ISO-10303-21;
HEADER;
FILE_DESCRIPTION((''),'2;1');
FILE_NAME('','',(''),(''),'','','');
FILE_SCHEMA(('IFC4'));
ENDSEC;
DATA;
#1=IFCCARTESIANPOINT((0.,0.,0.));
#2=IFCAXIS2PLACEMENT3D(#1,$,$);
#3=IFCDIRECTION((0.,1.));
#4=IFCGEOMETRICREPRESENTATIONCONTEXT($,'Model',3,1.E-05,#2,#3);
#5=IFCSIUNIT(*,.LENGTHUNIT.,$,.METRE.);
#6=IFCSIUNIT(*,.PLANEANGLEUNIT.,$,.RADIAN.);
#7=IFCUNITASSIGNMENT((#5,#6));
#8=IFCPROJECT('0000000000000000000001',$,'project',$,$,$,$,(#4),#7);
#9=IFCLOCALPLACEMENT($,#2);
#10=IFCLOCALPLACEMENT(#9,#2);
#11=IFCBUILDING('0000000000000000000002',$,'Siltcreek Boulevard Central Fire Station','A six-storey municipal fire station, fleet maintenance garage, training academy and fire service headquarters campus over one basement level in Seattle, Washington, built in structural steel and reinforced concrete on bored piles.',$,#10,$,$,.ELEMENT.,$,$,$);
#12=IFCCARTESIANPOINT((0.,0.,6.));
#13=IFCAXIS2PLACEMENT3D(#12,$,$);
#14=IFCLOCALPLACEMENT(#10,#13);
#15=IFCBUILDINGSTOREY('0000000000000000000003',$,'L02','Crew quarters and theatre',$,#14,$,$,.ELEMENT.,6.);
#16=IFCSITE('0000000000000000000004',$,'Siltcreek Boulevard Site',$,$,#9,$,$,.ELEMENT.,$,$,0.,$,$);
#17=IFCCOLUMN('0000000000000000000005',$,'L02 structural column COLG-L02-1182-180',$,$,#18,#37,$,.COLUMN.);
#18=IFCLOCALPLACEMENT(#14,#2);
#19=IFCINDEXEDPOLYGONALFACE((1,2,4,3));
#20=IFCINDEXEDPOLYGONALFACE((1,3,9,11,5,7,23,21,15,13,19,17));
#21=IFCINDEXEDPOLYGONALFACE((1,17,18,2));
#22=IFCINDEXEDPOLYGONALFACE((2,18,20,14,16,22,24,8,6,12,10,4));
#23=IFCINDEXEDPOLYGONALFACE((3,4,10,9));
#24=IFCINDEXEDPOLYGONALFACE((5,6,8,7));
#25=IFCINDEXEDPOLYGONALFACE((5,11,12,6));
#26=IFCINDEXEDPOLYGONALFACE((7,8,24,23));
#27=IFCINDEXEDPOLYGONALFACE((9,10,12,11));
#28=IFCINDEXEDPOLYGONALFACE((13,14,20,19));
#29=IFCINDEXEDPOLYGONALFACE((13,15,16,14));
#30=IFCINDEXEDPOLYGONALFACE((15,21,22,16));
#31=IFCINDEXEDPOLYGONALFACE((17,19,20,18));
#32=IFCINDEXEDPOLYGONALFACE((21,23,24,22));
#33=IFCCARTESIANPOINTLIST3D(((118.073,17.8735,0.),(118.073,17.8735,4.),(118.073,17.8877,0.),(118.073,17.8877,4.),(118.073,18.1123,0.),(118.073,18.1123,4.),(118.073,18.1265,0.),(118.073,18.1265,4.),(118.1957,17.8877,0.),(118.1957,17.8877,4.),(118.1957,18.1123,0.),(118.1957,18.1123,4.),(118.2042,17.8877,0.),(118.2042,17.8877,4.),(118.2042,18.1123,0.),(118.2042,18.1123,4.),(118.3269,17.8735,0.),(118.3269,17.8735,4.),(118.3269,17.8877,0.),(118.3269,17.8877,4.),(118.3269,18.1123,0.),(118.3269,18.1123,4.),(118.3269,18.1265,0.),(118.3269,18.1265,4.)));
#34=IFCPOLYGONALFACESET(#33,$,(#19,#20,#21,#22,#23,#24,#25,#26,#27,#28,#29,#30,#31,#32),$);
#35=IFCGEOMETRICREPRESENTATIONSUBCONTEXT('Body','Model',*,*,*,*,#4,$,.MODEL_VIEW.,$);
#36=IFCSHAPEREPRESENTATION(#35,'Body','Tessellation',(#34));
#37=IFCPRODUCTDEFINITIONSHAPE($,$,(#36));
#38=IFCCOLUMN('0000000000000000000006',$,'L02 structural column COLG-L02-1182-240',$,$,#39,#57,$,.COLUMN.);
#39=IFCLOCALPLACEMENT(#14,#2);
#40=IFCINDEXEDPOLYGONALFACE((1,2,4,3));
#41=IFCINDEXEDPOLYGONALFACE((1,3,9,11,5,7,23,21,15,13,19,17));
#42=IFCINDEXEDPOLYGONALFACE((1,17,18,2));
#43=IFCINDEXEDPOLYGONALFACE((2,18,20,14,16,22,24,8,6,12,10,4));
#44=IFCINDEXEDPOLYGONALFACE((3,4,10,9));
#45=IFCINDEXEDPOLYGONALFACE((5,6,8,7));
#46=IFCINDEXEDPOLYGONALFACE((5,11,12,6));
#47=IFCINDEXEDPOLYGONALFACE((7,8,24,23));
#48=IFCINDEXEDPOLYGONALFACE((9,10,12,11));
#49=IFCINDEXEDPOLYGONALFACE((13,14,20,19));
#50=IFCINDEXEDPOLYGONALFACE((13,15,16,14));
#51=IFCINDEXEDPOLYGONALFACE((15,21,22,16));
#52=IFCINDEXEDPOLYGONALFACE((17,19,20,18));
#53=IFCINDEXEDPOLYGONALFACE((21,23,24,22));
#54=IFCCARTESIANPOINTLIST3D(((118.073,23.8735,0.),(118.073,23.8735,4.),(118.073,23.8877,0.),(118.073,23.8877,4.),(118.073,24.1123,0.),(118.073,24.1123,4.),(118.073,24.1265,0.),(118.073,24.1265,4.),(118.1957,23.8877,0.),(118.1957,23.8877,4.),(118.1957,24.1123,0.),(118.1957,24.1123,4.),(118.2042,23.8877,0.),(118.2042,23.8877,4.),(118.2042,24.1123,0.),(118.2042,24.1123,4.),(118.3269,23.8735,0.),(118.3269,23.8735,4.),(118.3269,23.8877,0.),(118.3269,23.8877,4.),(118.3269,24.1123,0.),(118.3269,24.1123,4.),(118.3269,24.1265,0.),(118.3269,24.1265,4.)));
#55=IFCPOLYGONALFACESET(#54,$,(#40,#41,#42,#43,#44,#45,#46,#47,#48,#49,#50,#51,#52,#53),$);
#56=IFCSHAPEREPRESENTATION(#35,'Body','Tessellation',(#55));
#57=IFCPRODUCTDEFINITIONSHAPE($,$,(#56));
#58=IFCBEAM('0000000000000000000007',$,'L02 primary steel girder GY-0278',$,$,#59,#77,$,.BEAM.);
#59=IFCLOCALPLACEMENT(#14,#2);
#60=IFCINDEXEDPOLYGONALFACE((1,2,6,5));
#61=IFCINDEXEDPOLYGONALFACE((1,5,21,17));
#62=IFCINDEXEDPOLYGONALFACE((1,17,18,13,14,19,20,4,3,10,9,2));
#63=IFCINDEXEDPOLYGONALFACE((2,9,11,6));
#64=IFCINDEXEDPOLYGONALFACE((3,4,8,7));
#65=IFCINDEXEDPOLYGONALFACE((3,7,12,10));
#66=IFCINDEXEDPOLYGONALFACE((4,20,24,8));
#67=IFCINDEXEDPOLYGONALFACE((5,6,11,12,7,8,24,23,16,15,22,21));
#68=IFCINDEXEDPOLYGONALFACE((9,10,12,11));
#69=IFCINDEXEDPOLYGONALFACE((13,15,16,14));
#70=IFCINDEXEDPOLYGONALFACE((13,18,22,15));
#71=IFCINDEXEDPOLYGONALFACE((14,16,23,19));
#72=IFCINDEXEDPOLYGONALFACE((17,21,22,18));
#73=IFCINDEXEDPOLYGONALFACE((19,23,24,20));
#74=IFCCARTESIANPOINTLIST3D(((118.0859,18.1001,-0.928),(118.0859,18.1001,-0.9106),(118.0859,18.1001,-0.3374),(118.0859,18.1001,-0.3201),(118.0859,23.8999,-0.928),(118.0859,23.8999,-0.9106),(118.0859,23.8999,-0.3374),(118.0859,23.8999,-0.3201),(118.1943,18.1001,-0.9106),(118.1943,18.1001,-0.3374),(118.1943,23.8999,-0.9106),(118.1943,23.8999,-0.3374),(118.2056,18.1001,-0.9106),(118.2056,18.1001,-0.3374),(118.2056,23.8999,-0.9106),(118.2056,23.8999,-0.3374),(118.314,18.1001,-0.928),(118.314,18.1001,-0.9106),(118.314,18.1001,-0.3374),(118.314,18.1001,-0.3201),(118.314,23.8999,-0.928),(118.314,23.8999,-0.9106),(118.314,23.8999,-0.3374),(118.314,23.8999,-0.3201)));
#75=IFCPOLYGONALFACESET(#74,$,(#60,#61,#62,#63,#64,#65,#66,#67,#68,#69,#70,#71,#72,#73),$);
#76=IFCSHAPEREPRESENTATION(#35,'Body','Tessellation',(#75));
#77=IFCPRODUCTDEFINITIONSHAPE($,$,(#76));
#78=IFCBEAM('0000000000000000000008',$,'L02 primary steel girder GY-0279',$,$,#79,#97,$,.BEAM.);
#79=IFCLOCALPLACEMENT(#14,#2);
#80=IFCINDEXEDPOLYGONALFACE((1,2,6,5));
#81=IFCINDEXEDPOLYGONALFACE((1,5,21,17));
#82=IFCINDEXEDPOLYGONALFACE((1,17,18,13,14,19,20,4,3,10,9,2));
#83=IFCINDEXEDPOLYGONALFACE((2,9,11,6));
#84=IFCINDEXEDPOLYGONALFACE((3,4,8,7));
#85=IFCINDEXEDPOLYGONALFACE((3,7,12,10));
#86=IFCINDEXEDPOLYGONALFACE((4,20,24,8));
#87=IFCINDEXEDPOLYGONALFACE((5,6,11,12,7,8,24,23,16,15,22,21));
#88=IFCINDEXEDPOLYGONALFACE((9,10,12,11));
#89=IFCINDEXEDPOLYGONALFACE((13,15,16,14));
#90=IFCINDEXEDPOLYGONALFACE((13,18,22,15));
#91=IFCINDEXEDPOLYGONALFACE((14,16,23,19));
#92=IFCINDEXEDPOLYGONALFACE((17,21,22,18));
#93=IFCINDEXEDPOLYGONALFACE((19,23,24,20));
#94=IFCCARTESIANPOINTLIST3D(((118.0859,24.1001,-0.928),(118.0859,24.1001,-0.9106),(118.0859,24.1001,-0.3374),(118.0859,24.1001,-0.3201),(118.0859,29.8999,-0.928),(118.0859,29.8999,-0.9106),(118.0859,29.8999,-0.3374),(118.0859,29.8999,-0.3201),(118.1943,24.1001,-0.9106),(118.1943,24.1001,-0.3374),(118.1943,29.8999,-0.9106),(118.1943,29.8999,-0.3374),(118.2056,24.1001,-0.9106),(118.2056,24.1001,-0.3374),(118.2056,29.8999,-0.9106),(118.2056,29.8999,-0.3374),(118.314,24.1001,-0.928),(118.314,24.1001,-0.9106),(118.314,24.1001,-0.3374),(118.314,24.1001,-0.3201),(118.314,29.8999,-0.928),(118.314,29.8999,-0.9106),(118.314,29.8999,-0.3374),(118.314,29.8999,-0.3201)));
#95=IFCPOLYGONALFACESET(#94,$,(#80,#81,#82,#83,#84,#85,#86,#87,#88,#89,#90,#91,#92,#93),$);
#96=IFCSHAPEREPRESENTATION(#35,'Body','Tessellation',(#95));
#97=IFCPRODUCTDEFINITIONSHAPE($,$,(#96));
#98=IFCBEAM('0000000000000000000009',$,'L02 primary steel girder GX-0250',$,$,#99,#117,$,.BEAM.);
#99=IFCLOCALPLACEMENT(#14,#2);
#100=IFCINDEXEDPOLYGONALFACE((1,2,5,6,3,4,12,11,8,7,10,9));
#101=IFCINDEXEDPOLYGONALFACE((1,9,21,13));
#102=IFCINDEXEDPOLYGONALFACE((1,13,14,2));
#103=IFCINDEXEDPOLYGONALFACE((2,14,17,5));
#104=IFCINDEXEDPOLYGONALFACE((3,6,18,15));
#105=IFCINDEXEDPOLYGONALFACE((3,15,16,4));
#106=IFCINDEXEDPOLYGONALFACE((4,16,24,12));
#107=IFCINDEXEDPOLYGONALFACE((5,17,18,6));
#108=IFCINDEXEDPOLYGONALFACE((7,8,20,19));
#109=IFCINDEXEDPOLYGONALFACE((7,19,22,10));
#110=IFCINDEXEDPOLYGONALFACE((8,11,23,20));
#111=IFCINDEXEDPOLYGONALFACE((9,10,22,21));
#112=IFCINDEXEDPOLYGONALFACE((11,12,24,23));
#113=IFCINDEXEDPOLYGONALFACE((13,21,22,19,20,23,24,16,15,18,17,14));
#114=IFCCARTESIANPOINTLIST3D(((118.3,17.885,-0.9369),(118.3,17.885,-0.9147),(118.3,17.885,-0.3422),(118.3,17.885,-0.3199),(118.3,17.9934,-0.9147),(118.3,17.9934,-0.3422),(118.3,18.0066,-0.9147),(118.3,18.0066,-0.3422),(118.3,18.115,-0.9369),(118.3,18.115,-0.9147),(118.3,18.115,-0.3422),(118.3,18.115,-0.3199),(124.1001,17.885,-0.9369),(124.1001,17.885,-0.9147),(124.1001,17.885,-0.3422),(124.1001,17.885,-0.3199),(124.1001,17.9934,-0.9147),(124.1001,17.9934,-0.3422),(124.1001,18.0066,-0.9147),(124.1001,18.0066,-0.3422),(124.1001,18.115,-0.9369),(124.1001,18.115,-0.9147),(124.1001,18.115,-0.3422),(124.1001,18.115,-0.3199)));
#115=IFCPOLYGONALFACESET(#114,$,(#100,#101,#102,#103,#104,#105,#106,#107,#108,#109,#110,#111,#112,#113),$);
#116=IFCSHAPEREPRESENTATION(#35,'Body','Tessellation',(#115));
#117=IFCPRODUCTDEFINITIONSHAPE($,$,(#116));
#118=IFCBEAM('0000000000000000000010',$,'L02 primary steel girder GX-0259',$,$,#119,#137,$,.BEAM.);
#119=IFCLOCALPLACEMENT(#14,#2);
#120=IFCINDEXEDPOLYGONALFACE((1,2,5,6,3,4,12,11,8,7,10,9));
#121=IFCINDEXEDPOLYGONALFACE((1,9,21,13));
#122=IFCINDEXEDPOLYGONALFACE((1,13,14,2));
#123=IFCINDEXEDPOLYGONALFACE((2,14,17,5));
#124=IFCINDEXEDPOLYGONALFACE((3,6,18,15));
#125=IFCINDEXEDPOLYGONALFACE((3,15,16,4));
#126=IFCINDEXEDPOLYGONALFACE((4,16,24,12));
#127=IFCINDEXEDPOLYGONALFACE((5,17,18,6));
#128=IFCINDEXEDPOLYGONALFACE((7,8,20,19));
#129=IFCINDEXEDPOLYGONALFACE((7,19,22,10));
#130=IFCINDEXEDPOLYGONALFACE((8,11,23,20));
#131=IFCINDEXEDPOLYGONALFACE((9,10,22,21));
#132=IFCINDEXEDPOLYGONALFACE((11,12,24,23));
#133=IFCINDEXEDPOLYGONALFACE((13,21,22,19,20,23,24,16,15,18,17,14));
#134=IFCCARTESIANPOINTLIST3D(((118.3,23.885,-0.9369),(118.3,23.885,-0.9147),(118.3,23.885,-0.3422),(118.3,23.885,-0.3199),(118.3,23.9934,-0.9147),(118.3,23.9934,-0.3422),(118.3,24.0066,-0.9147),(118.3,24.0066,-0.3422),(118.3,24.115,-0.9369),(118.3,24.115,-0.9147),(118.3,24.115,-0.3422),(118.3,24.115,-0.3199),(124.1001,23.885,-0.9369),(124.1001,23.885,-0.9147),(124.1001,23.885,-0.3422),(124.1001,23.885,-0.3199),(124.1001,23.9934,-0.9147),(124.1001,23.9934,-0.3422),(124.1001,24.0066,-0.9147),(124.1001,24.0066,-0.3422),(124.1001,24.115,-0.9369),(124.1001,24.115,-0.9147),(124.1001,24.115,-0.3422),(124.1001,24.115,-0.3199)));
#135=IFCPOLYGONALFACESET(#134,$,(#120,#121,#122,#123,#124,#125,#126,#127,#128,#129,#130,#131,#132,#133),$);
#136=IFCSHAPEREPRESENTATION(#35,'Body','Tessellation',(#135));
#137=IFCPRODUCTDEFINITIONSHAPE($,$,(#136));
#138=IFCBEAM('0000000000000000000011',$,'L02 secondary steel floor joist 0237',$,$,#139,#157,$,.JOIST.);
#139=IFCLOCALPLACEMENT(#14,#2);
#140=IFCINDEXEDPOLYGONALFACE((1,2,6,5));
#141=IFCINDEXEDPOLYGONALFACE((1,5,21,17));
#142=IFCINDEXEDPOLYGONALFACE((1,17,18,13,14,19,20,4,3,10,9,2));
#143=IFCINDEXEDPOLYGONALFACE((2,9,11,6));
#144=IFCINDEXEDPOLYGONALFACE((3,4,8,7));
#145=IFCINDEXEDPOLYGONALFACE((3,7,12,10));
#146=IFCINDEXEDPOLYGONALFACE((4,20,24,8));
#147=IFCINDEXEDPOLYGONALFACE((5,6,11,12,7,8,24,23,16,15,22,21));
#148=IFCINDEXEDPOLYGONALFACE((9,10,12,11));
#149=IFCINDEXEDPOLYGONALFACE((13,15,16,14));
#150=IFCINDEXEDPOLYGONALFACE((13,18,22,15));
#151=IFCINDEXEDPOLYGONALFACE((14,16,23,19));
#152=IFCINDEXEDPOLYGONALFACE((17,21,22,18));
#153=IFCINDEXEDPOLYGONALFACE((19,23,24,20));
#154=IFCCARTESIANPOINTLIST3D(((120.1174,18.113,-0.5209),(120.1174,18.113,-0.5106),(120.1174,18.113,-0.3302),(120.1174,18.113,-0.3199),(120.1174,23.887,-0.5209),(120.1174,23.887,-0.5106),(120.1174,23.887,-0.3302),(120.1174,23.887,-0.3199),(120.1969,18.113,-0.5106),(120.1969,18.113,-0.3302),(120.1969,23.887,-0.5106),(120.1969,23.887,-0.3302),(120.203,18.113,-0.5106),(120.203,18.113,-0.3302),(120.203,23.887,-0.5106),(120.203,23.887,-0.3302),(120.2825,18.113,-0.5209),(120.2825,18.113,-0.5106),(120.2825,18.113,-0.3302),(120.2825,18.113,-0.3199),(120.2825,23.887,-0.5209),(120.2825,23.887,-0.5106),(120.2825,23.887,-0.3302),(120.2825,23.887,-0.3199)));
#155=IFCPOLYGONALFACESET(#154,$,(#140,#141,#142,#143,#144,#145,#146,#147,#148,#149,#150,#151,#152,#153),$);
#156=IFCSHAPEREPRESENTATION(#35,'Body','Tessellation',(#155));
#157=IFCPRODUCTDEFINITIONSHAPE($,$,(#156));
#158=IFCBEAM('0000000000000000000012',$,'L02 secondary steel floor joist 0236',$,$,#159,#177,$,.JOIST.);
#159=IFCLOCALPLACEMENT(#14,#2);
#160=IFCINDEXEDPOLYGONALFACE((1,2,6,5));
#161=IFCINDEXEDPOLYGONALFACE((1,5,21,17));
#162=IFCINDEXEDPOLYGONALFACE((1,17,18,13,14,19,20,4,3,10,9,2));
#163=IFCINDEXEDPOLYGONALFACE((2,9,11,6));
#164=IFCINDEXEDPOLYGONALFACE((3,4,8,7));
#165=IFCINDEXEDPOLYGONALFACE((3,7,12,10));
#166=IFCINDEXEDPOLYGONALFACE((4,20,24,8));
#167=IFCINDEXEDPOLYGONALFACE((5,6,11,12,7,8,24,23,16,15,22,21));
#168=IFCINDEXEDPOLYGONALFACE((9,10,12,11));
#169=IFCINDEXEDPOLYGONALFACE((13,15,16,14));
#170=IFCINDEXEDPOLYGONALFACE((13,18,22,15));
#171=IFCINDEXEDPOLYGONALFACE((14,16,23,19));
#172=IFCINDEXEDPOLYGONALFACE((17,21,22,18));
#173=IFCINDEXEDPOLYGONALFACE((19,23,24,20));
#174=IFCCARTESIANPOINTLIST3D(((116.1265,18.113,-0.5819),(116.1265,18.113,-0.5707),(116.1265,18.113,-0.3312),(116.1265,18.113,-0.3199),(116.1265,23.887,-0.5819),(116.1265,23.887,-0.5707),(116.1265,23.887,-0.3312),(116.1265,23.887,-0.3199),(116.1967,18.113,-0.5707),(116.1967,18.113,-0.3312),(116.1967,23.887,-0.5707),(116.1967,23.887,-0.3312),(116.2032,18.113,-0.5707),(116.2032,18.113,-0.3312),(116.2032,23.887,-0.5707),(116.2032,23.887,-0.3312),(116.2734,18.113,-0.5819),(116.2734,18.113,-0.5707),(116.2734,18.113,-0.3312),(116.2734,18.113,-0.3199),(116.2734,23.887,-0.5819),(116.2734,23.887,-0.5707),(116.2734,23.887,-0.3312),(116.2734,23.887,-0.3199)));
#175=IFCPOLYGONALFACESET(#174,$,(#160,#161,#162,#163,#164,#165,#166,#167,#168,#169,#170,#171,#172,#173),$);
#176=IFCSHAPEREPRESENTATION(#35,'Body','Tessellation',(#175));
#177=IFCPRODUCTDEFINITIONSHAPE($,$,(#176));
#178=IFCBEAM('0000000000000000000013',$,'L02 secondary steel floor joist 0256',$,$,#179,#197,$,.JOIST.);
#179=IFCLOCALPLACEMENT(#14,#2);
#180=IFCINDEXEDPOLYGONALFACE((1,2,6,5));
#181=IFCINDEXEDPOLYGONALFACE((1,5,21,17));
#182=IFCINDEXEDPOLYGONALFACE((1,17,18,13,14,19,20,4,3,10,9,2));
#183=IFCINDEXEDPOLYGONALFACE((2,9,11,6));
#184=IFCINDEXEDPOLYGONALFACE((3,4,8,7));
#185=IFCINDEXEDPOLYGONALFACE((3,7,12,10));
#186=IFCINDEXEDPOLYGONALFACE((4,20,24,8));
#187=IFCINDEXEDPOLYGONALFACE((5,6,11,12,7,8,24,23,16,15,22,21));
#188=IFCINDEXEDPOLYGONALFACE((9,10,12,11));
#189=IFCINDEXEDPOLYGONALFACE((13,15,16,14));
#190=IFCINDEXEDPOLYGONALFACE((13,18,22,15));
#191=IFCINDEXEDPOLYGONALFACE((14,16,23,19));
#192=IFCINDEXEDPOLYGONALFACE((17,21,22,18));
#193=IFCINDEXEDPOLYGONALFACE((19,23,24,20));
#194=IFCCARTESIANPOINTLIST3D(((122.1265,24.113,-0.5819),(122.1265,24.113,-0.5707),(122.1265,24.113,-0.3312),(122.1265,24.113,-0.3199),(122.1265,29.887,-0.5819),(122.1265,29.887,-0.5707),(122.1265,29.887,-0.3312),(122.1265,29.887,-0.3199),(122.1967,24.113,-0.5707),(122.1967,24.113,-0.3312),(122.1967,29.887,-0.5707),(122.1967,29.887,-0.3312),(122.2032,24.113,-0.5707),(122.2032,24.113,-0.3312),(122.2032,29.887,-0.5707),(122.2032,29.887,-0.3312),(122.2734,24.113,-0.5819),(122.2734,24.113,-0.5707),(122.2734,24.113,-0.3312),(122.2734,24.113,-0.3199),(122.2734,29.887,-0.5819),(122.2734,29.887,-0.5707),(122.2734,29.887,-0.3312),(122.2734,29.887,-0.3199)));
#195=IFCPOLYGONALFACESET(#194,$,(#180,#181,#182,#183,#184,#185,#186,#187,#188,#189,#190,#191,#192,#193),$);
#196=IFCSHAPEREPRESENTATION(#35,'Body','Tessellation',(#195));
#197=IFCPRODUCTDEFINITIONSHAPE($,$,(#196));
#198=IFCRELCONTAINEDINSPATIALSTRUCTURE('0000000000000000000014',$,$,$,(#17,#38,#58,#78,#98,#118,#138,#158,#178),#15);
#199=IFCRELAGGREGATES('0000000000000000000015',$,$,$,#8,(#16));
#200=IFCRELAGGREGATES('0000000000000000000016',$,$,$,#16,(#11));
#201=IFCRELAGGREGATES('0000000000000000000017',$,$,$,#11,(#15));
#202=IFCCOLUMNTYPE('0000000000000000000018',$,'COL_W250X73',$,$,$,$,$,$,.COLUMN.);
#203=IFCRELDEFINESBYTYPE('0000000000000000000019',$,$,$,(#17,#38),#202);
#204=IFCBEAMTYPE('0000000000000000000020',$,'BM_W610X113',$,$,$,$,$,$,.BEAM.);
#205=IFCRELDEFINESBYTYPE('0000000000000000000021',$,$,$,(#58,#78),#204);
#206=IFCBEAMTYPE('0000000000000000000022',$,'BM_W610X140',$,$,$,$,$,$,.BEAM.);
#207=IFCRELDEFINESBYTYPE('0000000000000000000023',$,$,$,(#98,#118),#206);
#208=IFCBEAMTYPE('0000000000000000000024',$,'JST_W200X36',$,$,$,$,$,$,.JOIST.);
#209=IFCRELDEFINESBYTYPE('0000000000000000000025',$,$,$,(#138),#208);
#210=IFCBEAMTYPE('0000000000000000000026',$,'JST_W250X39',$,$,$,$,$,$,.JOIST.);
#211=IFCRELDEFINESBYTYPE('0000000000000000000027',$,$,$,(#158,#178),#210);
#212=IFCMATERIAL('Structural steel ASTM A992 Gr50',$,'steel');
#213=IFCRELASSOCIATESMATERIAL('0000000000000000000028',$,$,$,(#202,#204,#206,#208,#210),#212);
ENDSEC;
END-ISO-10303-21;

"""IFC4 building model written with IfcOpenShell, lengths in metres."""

from ifc_helpers import new_model, si_unit, direction, frame, origin, origin_2d, place, context, subcontext, project, spatial, i_section, extrude, material, material_profile, profile_set, type_object, element, save


model = new_model("IFC4")

# Units and contexts
model_context = context("Model", 3, precision=1e-05, world=origin(), true_north=direction((0.0, 1.0)))
body_context = subcontext(model_context, "Body", "Model", "MODEL_VIEW")
ifc_project = project(units=[si_unit("LENGTHUNIT", "METRE"), si_unit("PLANEANGLEUNIT", "RADIAN")], contexts=[model_context])

# Site, building, storey
site_placement = place(None, origin())
site = spatial("IfcSite", under=ifc_project, at=site_placement, Name="Siltcreek Boulevard Site", CompositionType="ELEMENT", RefElevation=0.0)
building_placement = place(site_placement, origin())
building = spatial("IfcBuilding", under=site, at=building_placement, Name="Siltcreek Boulevard Central Fire Station", Description="A six-storey municipal fire station, fleet maintenance garage, training academy and fire service headquarters campus over one basement level in Seattle, Washington, built in structural steel and reinforced concrete on bored piles.", CompositionType="ELEMENT")
storey_placement = place(building_placement, frame((0.0, 0.0, 6.0)))
storey = spatial("IfcBuildingStorey", under=building, at=storey_placement, Name="L02", Description="Crew quarters and theatre", CompositionType="ELEMENT", Elevation=6.0)

# Columns
ifc_material_1 = material(Name="Structural steel ASTM A992 Gr50", Category="steel")
ifc_material_profile_1 = material_profile(ifc_material_1, i_section(OverallWidth=0.2539, OverallDepth=0.2529, WebThickness=0.0085, FlangeThickness=0.0142, at=origin_2d()), Name="W250X73")
ifc_profile_set_1 = profile_set([ifc_material_profile_1], Name="Structural steel ASTM A992 Gr50")
column_type = type_object("IfcColumnType", Name="COL_W250X73", PredefinedType="COLUMN", material=ifc_profile_set_1)
for number, where, z_axis, x_axis, name in (
    (1, (118.2, 18.0, 0.0), (0.0, 0.0, 1.0), (1.0, 0.0, 0.0), "L02 structural column COLG-L02-1182-180"),
    (2, (118.2, 24.0, 0.0), (0.0, 0.0, 1.0), (1.0, 0.0, 0.0), "L02 structural column COLG-L02-1182-240"),
):
    element("IfcColumn", number, at=place(storey_placement, frame(where, z_axis=z_axis, x_axis=x_axis)), inside=storey, type_object=column_type, Name=name, PredefinedType="COLUMN", context=body_context, shape_type="SweptSolid", body=[
        extrude(i_section(OverallWidth=0.2539, OverallDepth=0.2529, WebThickness=0.0085, FlangeThickness=0.0142, at=origin_2d()), origin(), (0.0, 0.0, 1.0), 4.0),
    ])

# Beams
ifc_material_profile_2 = material_profile(ifc_material_1, i_section(OverallWidth=0.228, OverallDepth=0.6079, WebThickness=0.0112, FlangeThickness=0.0173, at=origin_2d()), Name="W610X113")
ifc_profile_set_2 = profile_set([ifc_material_profile_2], Name="Structural steel ASTM A992 Gr50")
beam_type_1 = type_object("IfcBeamType", Name="BM_W610X113", PredefinedType="BEAM", material=ifc_profile_set_2)
for number, where, z_axis, x_axis, name in (
    (3, (118.2, 18.1001, -0.624), (0.0, 1.0, 0.0), (-1.0, 0.0, 0.0), "L02 primary steel girder GY-0278"),
    (4, (118.2, 24.1001, -0.624), (0.0, 1.0, 0.0), (-1.0, 0.0, 0.0), "L02 primary steel girder GY-0279"),
):
    element("IfcBeam", number, at=place(storey_placement, frame(where, z_axis=z_axis, x_axis=x_axis)), inside=storey, type_object=beam_type_1, Name=name, PredefinedType="BEAM", context=body_context, shape_type="SweptSolid", body=[
        extrude(i_section(OverallWidth=0.228, OverallDepth=0.6079, WebThickness=0.0112, FlangeThickness=0.0173, at=origin_2d()), origin(), (0.0, 0.0, 1.0), 5.7998),
    ])
ifc_material_profile_3 = material_profile(ifc_material_1, i_section(OverallWidth=0.23, OverallDepth=0.6169, WebThickness=0.0132, FlangeThickness=0.0222, at=origin_2d()), Name="W610X140")
ifc_profile_set_3 = profile_set([ifc_material_profile_3], Name="Structural steel ASTM A992 Gr50")
beam_type_2 = type_object("IfcBeamType", Name="BM_W610X140", PredefinedType="BEAM", material=ifc_profile_set_3)
for number, where, z_axis, x_axis, name in (
    (5, (118.3, 18.0, -0.6284), (1.0, 0.0, 0.0), (0.0, 1.0, 0.0), "L02 primary steel girder GX-0250"),
    (6, (118.3, 24.0, -0.6284), (1.0, 0.0, 0.0), (0.0, 1.0, 0.0), "L02 primary steel girder GX-0259"),
):
    element("IfcBeam", number, at=place(storey_placement, frame(where, z_axis=z_axis, x_axis=x_axis)), inside=storey, type_object=beam_type_2, Name=name, PredefinedType="BEAM", context=body_context, shape_type="SweptSolid", body=[
        extrude(i_section(OverallWidth=0.23, OverallDepth=0.6169, WebThickness=0.0132, FlangeThickness=0.0222, at=origin_2d()), origin(), (0.0, 0.0, 1.0), 5.8),
    ])
ifc_material_profile_4 = material_profile(ifc_material_1, i_section(OverallWidth=0.165, OverallDepth=0.2009, WebThickness=0.0061, FlangeThickness=0.0103, at=origin_2d()), Name="W200X36")
ifc_profile_set_4 = profile_set([ifc_material_profile_4], Name="Structural steel ASTM A992 Gr50")
beam_type_3 = type_object("IfcBeamType", Name="JST_W200X36", PredefinedType="JOIST", material=ifc_profile_set_4)
beam_1_placement = place(storey_placement, frame((120.2, 18.113, -0.4204), z_axis=(0.0, 1.0, 0.0), x_axis=(-1.0, 0.0, 0.0)))
element("IfcBeam", 7, at=beam_1_placement, inside=storey, type_object=beam_type_3, Name="L02 secondary steel floor joist 0237", PredefinedType="JOIST", context=body_context, shape_type="SweptSolid", body=[
    extrude(i_section(OverallWidth=0.165, OverallDepth=0.2009, WebThickness=0.0061, FlangeThickness=0.0103, at=origin_2d()), origin(), (0.0, 0.0, 1.0), 5.7739),
])
ifc_material_profile_5 = material_profile(ifc_material_1, i_section(OverallWidth=0.147, OverallDepth=0.262, WebThickness=0.0066, FlangeThickness=0.0112, at=origin_2d()), Name="W250X39")
ifc_profile_set_5 = profile_set([ifc_material_profile_5], Name="Structural steel ASTM A992 Gr50")
beam_type_4 = type_object("IfcBeamType", Name="JST_W250X39", PredefinedType="JOIST", material=ifc_profile_set_5)
for number, where, z_axis, x_axis, name in (
    (8, (116.2, 18.113, -0.4509), (0.0, 1.0, 0.0), (-1.0, 0.0, 0.0), "L02 secondary steel floor joist 0236"),
    (9, (122.2, 24.113, -0.4509), (0.0, 1.0, 0.0), (-1.0, 0.0, 0.0), "L02 secondary steel floor joist 0256"),
):
    element("IfcBeam", number, at=place(storey_placement, frame(where, z_axis=z_axis, x_axis=x_axis)), inside=storey, type_object=beam_type_4, Name=name, PredefinedType="JOIST", context=body_context, shape_type="SweptSolid", body=[
        extrude(i_section(OverallWidth=0.147, OverallDepth=0.262, WebThickness=0.0066, FlangeThickness=0.0112, at=origin_2d()), origin(), (0.0, 0.0, 1.0), 5.7739),
    ])

save(model, "model.ifc")
